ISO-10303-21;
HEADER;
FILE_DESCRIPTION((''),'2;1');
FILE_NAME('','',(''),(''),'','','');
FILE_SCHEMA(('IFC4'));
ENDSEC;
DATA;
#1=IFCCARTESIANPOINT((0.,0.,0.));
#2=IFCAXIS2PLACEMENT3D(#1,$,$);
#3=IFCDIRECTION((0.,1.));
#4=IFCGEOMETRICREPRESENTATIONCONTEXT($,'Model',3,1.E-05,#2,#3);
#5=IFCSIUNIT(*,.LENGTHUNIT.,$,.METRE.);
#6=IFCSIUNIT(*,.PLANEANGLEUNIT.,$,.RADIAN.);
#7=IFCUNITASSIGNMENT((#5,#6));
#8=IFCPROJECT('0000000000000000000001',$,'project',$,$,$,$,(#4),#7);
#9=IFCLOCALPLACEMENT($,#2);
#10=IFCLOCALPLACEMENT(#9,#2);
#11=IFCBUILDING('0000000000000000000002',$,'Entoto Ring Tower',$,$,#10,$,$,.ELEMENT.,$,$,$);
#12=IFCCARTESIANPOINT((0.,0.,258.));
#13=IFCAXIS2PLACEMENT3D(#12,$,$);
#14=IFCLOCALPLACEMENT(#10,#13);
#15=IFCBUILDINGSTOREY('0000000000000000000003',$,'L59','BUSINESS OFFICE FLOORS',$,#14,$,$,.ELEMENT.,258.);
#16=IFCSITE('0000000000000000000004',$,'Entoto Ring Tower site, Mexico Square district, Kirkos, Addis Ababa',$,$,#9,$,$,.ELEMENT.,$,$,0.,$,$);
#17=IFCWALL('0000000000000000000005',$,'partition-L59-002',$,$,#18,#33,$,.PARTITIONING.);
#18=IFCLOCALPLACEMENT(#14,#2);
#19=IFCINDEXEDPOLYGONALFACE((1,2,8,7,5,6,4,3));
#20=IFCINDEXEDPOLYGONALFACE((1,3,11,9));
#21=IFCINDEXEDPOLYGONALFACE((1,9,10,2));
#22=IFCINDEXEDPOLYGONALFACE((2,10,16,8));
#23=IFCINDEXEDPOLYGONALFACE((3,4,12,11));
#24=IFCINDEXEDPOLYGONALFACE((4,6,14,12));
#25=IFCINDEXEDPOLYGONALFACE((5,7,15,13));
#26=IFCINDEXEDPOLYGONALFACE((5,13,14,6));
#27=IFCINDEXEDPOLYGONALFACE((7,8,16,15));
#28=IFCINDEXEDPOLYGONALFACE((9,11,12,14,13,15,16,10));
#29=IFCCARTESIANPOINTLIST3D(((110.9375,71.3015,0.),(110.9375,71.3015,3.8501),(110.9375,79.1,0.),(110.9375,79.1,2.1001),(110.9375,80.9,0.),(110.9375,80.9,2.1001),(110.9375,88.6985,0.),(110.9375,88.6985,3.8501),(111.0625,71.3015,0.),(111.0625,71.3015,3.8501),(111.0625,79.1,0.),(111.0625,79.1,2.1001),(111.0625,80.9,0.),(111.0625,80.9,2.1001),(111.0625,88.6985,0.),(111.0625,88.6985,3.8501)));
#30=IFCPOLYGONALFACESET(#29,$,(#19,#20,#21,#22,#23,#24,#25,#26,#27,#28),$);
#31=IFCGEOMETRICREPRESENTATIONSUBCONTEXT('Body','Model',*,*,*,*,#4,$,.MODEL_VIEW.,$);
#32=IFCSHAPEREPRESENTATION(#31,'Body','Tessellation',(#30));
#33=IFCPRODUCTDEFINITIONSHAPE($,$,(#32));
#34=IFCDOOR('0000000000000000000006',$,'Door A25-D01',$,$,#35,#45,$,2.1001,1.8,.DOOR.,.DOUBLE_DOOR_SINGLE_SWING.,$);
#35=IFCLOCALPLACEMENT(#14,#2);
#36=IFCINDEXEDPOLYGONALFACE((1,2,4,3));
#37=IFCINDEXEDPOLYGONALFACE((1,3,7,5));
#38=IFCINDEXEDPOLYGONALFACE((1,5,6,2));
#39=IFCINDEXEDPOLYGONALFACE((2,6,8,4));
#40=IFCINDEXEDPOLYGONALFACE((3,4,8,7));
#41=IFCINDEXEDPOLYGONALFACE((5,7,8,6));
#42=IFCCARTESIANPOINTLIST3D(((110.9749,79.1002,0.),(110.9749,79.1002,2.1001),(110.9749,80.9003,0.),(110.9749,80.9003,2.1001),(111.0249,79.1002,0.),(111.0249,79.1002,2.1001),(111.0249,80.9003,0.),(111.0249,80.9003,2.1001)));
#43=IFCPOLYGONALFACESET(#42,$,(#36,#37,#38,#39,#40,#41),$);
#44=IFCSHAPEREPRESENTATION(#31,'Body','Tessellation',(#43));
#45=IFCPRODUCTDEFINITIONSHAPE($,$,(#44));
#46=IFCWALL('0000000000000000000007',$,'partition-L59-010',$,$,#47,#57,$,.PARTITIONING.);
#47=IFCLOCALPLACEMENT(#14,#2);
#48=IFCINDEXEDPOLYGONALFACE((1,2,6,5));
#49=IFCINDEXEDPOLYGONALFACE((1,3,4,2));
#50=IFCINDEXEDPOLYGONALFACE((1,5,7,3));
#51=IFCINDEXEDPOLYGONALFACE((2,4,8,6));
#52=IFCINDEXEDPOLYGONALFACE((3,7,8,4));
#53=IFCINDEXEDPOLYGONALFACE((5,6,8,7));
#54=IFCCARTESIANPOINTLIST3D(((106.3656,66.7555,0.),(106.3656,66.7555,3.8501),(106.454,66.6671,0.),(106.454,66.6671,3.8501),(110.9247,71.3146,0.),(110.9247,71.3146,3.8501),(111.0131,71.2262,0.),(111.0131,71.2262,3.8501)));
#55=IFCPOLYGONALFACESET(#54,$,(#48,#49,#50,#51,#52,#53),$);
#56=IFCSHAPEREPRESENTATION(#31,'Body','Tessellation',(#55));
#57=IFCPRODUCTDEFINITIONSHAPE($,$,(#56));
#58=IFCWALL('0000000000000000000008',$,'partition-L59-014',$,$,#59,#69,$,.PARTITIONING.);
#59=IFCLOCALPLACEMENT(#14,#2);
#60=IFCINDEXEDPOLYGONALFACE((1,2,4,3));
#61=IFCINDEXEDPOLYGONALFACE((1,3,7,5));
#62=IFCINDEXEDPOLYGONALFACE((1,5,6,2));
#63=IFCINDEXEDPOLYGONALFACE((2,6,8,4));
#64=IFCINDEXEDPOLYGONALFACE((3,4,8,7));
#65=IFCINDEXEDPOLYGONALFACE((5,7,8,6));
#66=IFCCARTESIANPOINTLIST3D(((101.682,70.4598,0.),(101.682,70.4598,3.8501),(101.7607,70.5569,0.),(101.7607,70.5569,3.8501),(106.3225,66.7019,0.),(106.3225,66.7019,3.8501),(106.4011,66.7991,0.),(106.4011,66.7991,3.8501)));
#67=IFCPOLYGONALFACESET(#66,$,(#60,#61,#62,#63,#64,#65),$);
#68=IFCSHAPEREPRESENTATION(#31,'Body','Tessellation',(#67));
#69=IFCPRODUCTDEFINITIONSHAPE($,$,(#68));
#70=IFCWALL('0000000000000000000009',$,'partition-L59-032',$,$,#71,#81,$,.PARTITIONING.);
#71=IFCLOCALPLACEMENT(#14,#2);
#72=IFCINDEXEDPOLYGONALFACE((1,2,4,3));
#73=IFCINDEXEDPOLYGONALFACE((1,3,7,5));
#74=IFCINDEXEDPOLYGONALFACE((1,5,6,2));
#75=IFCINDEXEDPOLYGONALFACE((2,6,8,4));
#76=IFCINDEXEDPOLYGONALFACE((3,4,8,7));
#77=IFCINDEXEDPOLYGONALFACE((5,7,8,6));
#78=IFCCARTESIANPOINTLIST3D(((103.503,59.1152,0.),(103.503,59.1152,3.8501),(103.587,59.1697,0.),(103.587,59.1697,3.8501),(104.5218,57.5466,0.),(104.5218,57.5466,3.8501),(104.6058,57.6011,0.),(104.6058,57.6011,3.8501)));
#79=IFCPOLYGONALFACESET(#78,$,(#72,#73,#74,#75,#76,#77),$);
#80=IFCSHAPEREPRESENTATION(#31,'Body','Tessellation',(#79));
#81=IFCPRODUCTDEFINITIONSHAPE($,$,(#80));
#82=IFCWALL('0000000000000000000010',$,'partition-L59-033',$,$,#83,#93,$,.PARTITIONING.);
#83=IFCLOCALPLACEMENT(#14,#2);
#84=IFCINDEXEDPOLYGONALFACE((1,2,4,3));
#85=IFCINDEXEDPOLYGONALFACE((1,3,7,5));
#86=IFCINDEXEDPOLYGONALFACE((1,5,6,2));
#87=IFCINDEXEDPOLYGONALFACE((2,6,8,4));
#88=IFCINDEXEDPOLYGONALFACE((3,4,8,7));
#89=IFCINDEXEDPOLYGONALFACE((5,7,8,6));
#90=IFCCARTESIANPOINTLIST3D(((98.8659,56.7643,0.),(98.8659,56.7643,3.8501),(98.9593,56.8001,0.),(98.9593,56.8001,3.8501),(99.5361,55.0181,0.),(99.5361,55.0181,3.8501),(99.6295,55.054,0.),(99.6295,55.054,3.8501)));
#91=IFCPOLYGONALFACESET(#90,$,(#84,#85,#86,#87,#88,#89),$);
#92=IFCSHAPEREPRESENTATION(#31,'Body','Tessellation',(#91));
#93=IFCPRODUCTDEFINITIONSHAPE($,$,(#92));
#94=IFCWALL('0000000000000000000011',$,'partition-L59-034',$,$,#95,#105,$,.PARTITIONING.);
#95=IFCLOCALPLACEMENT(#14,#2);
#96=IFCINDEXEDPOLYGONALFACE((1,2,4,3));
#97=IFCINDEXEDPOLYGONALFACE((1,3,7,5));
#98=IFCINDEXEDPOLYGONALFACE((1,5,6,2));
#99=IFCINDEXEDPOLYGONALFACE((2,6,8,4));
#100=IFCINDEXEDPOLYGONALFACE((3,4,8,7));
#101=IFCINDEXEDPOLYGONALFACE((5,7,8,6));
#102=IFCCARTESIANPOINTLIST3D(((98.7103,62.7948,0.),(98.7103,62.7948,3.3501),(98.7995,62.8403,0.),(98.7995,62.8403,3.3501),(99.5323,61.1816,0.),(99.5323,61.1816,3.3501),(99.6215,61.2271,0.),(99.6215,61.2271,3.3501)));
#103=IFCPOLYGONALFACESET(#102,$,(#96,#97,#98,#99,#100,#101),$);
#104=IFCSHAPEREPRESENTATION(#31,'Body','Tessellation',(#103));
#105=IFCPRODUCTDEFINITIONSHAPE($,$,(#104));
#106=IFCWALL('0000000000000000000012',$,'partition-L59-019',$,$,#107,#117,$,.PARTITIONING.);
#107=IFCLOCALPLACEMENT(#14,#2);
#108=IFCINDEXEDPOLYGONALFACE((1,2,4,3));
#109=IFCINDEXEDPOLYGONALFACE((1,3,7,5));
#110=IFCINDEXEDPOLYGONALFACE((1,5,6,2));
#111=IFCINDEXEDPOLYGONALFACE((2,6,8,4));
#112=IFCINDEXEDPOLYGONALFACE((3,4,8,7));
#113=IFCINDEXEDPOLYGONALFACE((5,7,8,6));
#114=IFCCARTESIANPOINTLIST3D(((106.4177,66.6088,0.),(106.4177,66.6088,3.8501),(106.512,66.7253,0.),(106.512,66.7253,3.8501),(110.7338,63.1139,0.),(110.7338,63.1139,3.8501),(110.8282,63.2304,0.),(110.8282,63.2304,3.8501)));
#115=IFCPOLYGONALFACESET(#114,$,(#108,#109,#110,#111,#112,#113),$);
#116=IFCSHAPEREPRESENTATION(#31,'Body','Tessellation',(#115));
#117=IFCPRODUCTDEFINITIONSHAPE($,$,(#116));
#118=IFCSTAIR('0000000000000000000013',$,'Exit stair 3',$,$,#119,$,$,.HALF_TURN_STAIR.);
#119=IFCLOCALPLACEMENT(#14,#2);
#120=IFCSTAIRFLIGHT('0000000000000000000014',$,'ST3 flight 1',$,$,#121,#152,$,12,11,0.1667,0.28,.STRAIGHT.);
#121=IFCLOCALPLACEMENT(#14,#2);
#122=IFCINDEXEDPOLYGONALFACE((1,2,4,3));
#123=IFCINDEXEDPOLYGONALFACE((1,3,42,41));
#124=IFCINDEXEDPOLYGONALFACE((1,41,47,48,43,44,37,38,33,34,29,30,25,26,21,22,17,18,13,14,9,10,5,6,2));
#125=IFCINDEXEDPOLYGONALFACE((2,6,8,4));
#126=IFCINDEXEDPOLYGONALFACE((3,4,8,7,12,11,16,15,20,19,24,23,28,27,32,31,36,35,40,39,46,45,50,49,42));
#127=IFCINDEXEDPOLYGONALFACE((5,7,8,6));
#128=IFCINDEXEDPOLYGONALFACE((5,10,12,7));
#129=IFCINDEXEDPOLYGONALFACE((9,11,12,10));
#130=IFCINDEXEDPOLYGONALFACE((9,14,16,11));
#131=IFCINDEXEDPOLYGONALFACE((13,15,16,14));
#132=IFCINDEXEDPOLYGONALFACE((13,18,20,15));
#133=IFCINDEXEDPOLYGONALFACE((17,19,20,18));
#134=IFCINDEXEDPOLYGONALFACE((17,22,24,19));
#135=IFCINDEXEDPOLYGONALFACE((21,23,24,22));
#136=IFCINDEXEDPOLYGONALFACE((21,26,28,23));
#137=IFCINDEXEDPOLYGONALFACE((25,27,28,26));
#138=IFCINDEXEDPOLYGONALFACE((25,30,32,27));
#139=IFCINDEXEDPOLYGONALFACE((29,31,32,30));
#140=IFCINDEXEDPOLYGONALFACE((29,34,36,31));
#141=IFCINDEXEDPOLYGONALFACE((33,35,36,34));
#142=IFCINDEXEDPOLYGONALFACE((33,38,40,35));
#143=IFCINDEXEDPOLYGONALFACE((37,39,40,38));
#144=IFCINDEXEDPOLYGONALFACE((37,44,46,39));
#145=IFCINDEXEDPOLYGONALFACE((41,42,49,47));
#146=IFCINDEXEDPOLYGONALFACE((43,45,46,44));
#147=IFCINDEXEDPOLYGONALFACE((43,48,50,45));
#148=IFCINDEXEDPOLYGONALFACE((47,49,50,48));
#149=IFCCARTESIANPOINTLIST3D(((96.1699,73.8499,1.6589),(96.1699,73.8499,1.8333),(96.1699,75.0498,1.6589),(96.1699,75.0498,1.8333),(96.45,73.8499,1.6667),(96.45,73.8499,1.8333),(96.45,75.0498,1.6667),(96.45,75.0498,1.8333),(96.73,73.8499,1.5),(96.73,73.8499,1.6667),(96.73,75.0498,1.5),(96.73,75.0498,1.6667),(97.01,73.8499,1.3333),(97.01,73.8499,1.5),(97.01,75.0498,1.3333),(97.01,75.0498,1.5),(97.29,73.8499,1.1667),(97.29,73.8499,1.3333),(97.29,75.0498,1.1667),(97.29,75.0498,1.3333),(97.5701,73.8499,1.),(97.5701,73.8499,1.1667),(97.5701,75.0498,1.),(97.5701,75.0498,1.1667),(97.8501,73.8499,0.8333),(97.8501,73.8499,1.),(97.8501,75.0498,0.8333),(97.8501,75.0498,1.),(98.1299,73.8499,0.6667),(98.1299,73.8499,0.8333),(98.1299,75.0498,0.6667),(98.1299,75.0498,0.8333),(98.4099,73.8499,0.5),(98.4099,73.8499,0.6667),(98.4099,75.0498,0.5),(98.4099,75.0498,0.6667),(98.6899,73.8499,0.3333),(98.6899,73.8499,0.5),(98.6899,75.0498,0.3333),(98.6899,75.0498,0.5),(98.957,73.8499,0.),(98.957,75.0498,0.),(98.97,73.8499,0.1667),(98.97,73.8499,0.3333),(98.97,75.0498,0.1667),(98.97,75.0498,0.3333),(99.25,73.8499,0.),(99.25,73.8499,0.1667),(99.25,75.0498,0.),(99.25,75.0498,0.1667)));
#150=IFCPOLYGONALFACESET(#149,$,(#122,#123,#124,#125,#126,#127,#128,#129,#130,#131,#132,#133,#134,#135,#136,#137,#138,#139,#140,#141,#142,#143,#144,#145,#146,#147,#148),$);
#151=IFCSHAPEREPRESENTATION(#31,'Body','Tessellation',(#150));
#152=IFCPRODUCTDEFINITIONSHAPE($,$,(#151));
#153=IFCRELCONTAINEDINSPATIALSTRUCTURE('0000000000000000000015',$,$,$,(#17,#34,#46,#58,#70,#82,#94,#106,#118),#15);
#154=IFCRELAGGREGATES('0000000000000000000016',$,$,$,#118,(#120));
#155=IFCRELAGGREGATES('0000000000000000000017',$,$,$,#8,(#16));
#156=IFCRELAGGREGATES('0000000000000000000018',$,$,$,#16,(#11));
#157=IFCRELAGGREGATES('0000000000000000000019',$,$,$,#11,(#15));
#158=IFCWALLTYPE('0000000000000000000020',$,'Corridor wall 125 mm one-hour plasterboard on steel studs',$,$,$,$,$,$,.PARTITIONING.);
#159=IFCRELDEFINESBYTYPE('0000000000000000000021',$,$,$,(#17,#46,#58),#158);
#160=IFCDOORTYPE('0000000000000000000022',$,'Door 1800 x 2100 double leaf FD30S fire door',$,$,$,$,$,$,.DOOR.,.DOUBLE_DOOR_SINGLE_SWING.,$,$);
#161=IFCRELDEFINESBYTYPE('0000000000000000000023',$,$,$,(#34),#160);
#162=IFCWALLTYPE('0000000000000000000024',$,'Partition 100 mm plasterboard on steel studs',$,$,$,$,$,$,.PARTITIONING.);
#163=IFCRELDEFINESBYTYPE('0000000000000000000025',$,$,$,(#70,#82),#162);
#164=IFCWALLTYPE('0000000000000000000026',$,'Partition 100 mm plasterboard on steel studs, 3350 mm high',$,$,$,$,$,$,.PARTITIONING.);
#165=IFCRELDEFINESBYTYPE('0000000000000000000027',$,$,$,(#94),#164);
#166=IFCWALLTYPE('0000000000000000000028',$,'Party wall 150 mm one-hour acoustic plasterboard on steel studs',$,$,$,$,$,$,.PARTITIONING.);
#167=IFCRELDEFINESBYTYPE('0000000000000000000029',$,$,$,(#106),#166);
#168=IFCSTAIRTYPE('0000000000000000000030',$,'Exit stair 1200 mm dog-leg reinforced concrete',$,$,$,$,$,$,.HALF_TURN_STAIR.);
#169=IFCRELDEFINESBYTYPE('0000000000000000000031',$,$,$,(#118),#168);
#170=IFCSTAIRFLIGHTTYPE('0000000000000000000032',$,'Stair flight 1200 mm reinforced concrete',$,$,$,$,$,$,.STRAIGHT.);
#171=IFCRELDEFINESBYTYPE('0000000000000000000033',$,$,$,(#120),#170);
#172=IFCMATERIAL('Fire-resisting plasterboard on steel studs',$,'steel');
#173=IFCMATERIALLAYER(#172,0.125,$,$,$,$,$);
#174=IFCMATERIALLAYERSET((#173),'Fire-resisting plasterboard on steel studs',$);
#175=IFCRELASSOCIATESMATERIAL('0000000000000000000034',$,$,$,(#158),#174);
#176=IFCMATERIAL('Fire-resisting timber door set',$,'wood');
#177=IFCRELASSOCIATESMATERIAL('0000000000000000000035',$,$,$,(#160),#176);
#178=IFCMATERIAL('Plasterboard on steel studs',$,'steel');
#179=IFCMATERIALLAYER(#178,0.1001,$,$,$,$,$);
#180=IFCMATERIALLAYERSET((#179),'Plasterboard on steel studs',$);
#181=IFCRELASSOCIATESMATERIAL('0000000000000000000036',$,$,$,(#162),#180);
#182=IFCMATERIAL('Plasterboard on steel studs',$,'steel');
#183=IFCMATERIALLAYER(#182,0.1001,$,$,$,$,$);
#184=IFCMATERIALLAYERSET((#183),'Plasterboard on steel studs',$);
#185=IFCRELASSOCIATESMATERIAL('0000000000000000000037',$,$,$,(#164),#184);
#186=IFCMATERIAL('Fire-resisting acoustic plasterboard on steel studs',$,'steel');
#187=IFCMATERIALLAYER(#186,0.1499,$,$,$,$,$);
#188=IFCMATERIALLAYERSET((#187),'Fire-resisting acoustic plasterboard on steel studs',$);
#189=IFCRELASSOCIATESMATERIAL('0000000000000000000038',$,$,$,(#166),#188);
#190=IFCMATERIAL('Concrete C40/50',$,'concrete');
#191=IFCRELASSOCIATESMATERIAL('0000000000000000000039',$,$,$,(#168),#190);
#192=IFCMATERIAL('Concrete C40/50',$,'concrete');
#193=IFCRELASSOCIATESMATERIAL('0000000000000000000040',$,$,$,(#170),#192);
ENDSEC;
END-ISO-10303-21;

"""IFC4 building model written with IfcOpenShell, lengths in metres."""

from ifc_helpers import new_model, si_unit, direction, frame, frame_2d, origin, place, context, subcontext, project, spatial, polyline, rectangle, outline, extrude, material, layer, layer_set, type_object, element, fill, aggregate, save


model = new_model("IFC4")

# Units and contexts
model_context = context("Model", 3, precision=1e-05, world=origin(), true_north=direction((0.0, 1.0)))
body_context = subcontext(model_context, "Body", "Model", "MODEL_VIEW")
ifc_project = project(units=[si_unit("LENGTHUNIT", "METRE"), si_unit("PLANEANGLEUNIT", "RADIAN")], contexts=[model_context])

# Site, building, storey
site_placement = place(None, origin())
site = spatial("IfcSite", under=ifc_project, at=site_placement, Name="Entoto Ring Tower site, Mexico Square district, Kirkos, Addis Ababa", CompositionType="ELEMENT", RefElevation=0.0)
building_placement = place(site_placement, origin())
building = spatial("IfcBuilding", under=site, at=building_placement, Name="Entoto Ring Tower", CompositionType="ELEMENT")
storey_placement = place(building_placement, frame((0.0, 0.0, 258.0)))
storey = spatial("IfcBuildingStorey", under=building, at=storey_placement, Name="L59", Description="BUSINESS OFFICE FLOORS", CompositionType="ELEMENT", Elevation=258.0)

# Wall, opening, door
ifc_material_1 = material(Name="Fire-resisting plasterboard on steel studs", Category="steel")
ifc_layer_1 = layer(ifc_material_1, 0.125)
ifc_layer_set_1 = layer_set([ifc_layer_1], Name="Fire-resisting plasterboard on steel studs")
wall_type_1 = type_object("IfcWallType", Name="Corridor wall 125 mm one-hour plasterboard on steel studs", PredefinedType="PARTITIONING", material=ifc_layer_set_1)
wall_1_placement = place(storey_placement, frame((111.0, 71.3015, 0.0), z_axis=(0.0, 0.0, 1.0), x_axis=(0.0, 1.0, 0.0)))
wall_1 = element("IfcWall", 1, at=wall_1_placement, inside=storey, type_object=wall_type_1, Name="partition-L59-002", PredefinedType="PARTITIONING", context=body_context, shape_type="SweptSolid", body=[
    extrude(rectangle(XDim=17.397, YDim=0.125, at=frame_2d((8.6985, 0.0))), origin(), (0.0, 0.0, 1.0), 3.8501),
])
opening_1_placement = place(wall_1_placement, frame((7.7986, 0.0, 0.0)))
opening_1 = element("IfcOpeningElement", 2, at=opening_1_placement, cuts=wall_1, PredefinedType="OPENING", context=body_context, shape_type="SweptSolid", body=[
    extrude(rectangle(XDim=1.8, YDim=2.1001, at=frame_2d((0.8999, 1.05))), frame((0.0, 0.0725, 0.0), z_axis=(0.0, -1.0, 0.0), x_axis=(1.0, 0.0, 0.0)), (0.0, 0.0, 1.0), 0.145),
])
ifc_material_2 = material(Name="Fire-resisting timber door set", Category="wood")
door_type_1 = type_object("IfcDoorType", Name="Door 1800 x 2100 double leaf FD30S fire door", OperationType="DOUBLE_DOOR_SINGLE_SWING", PredefinedType="DOOR", material=ifc_material_2)
door_1_placement = place(opening_1_placement, frame((1.8, 0.0, 0.0), z_axis=(0.0, 0.0, 1.0), x_axis=(-1.0, 0.0, 0.0)))
door_1 = element("IfcDoor", 3, at=door_1_placement, inside=storey, type_object=door_type_1, Name="Door A25-D01", OperationType="DOUBLE_DOOR_SINGLE_SWING", OverallHeight=2.1001, OverallWidth=1.8, PredefinedType="DOOR", context=body_context, shape_type="SweptSolid", body=[
    extrude(rectangle(XDim=1.8, YDim=2.1001, at=frame_2d((0.8999, 1.05))), frame((0.0, 0.0249, 0.0), z_axis=(0.0, -1.0, 0.0), x_axis=(1.0, 0.0, 0.0)), (0.0, 0.0, 1.0), 0.05),
])
fill(opening_1, door_1)

# Walls
wall_2_placement = place(storey_placement, frame((106.4099, 66.7114, 0.0), z_axis=(0.0, 0.0, 1.0), x_axis=(0.707107, 0.707107, 0.0)))
element("IfcWall", 4, at=wall_2_placement, inside=storey, type_object=wall_type_1, Name="partition-L59-010", PredefinedType="PARTITIONING", context=body_context, shape_type="SweptSolid", body=[
    extrude(rectangle(XDim=6.4475, YDim=0.125, at=frame_2d((3.2236, 0.0))), origin(), (0.0, 0.0, 1.0), 3.8501),
])
wall_3_placement = place(storey_placement, frame((106.3618, 66.7505, 0.0), z_axis=(0.0, 0.0, 1.0), x_axis=(-0.777137, 0.629331, 0.0)))
element("IfcWall", 5, at=wall_3_placement, inside=storey, type_object=wall_type_1, Name="partition-L59-014", PredefinedType="PARTITIONING", context=body_context, shape_type="SweptSolid", body=[
    extrude(rectangle(XDim=5.9712, YDim=0.125, at=frame_2d((2.9856, 0.0))), origin(), (0.0, 0.0, 1.0), 3.8501),
])
ifc_material_3 = material(Name="Plasterboard on steel studs", Category="steel")
ifc_layer_2 = layer(ifc_material_3, 0.1001)
ifc_layer_set_2 = layer_set([ifc_layer_2], Name="Plasterboard on steel studs")
wall_type_2 = type_object("IfcWallType", Name="Partition 100 mm plasterboard on steel studs", PredefinedType="PARTITIONING", material=ifc_layer_set_2)
for number, where, z_axis, x_axis, name in (
    (6, (104.5637, 57.574, 0.0), (0.0, 0.0, 1.0), (-0.54469, 0.838637, 0.0), "partition-L59-032"),
    (7, (99.5828, 55.0361, 0.0), (0.0, 0.0, 1.0), (-0.358323, 0.933598, 0.0), "partition-L59-033"),
):
    element("IfcWall", number, at=place(storey_placement, frame(where, z_axis=z_axis, x_axis=x_axis)), inside=storey, type_object=wall_type_2, Name=name, PredefinedType="PARTITIONING", context=body_context, shape_type="SweptSolid", body=[
        extrude(rectangle(XDim=1.8704, YDim=0.1001, at=frame_2d((0.9351, 0.0))), origin(), (0.0, 0.0, 1.0), 3.8501),
    ])
ifc_material_4 = material(Name="Plasterboard on steel studs", Category="steel")
ifc_layer_3 = layer(ifc_material_4, 0.1001)
ifc_layer_set_3 = layer_set([ifc_layer_3], Name="Plasterboard on steel studs")
wall_type_3 = type_object("IfcWallType", Name="Partition 100 mm plasterboard on steel studs, 3350 mm high", PredefinedType="PARTITIONING", material=ifc_layer_set_3)
wall_4_placement = place(storey_placement, frame((99.5769, 61.2043, 0.0), z_axis=(0.0, 0.0, 1.0), x_axis=(-0.453996, 0.891003, 0.0)))
element("IfcWall", 8, at=wall_4_placement, inside=storey, type_object=wall_type_3, Name="partition-L59-034", PredefinedType="PARTITIONING", context=body_context, shape_type="SweptSolid", body=[
    extrude(rectangle(XDim=1.8105, YDim=0.1001, at=frame_2d((0.9053, 0.0))), origin(), (0.0, 0.0, 1.0), 3.3501),
])
ifc_material_5 = material(Name="Fire-resisting acoustic plasterboard on steel studs", Category="steel")
ifc_layer_4 = layer(ifc_material_5, 0.1499)
ifc_layer_set_4 = layer_set([ifc_layer_4], Name="Fire-resisting acoustic plasterboard on steel studs")
wall_type_4 = type_object("IfcWallType", Name="Party wall 150 mm one-hour acoustic plasterboard on steel studs", PredefinedType="PARTITIONING", material=ifc_layer_set_4)
wall_5_placement = place(storey_placement, frame((110.781, 63.1721, 0.0), z_axis=(0.0, 0.0, 1.0), x_axis=(-0.777171, 0.629289, 0.0)))
element("IfcWall", 9, at=wall_5_placement, inside=storey, type_object=wall_type_4, Name="partition-L59-019", PredefinedType="PARTITIONING", context=body_context, shape_type="SweptSolid", body=[
    extrude(rectangle(XDim=5.5537, YDim=0.1499, at=frame_2d((2.7769, 0.0))), origin(), (0.0, 0.0, 1.0), 3.8501),
])

# Stair, stair flight
ifc_material_6 = material(Name="Concrete C40/50", Category="concrete")
stair_type = type_object("IfcStairType", Name="Exit stair 1200 mm dog-leg reinforced concrete", PredefinedType="HALF_TURN_STAIR", material=ifc_material_6)
stair_placement = place(storey_placement, origin())
stair = element("IfcStair", 10, at=stair_placement, inside=storey, type_object=stair_type, Name="Exit stair 3", PredefinedType="HALF_TURN_STAIR")
ifc_material_7 = material(Name="Concrete C40/50", Category="concrete")
stair_flight_type = type_object("IfcStairFlightType", Name="Stair flight 1200 mm reinforced concrete", PredefinedType="STRAIGHT", material=ifc_material_7)
stair_flight_placement = place(storey_placement, frame((99.25, 74.45, 0.0), z_axis=(0.0, 0.0, 1.0), x_axis=(-1.0, 0.0, 0.0)))
stair_flight = element("IfcStairFlight", 11, at=stair_flight_placement, type_object=stair_flight_type, Name="ST3 flight 1", NumberOfRisers=12, NumberOfTreads=11, PredefinedType="STRAIGHT", RiserHeight=0.1667, TreadLength=0.28, context=body_context, shape_type="SweptSolid", body=[
    extrude(outline(polyline([(0.0, 0.0), (0.0, 0.1667), (0.28, 0.1667), (0.28, 0.3333), (0.5601, 0.3333), (0.5601, 0.5), (0.8401, 0.5), (0.8401, 0.6667), (1.1201, 0.6667), (1.1201, 0.8333), (1.3999, 0.8333), (1.3999, 1.0), (1.6799, 1.0), (1.6799, 1.1667), (1.96, 1.1667), (1.96, 1.3333), (2.24, 1.3333), (2.24, 1.5), (2.52, 1.5), (2.52, 1.6667), (2.8, 1.6667), (2.8, 1.8333), (3.0801, 1.8333), (3.0801, 2.0), (3.0801, 1.6589), (0.293, 0.0), (0.0, 0.0)])), frame((0.0, 0.6001, 0.0), z_axis=(0.0, -1.0, 0.0), x_axis=(1.0, 0.0, 0.0)), (0.0, 0.0, 1.0), 1.2),
])
aggregate(stair, [stair_flight])

save(model, "model.ifc")
